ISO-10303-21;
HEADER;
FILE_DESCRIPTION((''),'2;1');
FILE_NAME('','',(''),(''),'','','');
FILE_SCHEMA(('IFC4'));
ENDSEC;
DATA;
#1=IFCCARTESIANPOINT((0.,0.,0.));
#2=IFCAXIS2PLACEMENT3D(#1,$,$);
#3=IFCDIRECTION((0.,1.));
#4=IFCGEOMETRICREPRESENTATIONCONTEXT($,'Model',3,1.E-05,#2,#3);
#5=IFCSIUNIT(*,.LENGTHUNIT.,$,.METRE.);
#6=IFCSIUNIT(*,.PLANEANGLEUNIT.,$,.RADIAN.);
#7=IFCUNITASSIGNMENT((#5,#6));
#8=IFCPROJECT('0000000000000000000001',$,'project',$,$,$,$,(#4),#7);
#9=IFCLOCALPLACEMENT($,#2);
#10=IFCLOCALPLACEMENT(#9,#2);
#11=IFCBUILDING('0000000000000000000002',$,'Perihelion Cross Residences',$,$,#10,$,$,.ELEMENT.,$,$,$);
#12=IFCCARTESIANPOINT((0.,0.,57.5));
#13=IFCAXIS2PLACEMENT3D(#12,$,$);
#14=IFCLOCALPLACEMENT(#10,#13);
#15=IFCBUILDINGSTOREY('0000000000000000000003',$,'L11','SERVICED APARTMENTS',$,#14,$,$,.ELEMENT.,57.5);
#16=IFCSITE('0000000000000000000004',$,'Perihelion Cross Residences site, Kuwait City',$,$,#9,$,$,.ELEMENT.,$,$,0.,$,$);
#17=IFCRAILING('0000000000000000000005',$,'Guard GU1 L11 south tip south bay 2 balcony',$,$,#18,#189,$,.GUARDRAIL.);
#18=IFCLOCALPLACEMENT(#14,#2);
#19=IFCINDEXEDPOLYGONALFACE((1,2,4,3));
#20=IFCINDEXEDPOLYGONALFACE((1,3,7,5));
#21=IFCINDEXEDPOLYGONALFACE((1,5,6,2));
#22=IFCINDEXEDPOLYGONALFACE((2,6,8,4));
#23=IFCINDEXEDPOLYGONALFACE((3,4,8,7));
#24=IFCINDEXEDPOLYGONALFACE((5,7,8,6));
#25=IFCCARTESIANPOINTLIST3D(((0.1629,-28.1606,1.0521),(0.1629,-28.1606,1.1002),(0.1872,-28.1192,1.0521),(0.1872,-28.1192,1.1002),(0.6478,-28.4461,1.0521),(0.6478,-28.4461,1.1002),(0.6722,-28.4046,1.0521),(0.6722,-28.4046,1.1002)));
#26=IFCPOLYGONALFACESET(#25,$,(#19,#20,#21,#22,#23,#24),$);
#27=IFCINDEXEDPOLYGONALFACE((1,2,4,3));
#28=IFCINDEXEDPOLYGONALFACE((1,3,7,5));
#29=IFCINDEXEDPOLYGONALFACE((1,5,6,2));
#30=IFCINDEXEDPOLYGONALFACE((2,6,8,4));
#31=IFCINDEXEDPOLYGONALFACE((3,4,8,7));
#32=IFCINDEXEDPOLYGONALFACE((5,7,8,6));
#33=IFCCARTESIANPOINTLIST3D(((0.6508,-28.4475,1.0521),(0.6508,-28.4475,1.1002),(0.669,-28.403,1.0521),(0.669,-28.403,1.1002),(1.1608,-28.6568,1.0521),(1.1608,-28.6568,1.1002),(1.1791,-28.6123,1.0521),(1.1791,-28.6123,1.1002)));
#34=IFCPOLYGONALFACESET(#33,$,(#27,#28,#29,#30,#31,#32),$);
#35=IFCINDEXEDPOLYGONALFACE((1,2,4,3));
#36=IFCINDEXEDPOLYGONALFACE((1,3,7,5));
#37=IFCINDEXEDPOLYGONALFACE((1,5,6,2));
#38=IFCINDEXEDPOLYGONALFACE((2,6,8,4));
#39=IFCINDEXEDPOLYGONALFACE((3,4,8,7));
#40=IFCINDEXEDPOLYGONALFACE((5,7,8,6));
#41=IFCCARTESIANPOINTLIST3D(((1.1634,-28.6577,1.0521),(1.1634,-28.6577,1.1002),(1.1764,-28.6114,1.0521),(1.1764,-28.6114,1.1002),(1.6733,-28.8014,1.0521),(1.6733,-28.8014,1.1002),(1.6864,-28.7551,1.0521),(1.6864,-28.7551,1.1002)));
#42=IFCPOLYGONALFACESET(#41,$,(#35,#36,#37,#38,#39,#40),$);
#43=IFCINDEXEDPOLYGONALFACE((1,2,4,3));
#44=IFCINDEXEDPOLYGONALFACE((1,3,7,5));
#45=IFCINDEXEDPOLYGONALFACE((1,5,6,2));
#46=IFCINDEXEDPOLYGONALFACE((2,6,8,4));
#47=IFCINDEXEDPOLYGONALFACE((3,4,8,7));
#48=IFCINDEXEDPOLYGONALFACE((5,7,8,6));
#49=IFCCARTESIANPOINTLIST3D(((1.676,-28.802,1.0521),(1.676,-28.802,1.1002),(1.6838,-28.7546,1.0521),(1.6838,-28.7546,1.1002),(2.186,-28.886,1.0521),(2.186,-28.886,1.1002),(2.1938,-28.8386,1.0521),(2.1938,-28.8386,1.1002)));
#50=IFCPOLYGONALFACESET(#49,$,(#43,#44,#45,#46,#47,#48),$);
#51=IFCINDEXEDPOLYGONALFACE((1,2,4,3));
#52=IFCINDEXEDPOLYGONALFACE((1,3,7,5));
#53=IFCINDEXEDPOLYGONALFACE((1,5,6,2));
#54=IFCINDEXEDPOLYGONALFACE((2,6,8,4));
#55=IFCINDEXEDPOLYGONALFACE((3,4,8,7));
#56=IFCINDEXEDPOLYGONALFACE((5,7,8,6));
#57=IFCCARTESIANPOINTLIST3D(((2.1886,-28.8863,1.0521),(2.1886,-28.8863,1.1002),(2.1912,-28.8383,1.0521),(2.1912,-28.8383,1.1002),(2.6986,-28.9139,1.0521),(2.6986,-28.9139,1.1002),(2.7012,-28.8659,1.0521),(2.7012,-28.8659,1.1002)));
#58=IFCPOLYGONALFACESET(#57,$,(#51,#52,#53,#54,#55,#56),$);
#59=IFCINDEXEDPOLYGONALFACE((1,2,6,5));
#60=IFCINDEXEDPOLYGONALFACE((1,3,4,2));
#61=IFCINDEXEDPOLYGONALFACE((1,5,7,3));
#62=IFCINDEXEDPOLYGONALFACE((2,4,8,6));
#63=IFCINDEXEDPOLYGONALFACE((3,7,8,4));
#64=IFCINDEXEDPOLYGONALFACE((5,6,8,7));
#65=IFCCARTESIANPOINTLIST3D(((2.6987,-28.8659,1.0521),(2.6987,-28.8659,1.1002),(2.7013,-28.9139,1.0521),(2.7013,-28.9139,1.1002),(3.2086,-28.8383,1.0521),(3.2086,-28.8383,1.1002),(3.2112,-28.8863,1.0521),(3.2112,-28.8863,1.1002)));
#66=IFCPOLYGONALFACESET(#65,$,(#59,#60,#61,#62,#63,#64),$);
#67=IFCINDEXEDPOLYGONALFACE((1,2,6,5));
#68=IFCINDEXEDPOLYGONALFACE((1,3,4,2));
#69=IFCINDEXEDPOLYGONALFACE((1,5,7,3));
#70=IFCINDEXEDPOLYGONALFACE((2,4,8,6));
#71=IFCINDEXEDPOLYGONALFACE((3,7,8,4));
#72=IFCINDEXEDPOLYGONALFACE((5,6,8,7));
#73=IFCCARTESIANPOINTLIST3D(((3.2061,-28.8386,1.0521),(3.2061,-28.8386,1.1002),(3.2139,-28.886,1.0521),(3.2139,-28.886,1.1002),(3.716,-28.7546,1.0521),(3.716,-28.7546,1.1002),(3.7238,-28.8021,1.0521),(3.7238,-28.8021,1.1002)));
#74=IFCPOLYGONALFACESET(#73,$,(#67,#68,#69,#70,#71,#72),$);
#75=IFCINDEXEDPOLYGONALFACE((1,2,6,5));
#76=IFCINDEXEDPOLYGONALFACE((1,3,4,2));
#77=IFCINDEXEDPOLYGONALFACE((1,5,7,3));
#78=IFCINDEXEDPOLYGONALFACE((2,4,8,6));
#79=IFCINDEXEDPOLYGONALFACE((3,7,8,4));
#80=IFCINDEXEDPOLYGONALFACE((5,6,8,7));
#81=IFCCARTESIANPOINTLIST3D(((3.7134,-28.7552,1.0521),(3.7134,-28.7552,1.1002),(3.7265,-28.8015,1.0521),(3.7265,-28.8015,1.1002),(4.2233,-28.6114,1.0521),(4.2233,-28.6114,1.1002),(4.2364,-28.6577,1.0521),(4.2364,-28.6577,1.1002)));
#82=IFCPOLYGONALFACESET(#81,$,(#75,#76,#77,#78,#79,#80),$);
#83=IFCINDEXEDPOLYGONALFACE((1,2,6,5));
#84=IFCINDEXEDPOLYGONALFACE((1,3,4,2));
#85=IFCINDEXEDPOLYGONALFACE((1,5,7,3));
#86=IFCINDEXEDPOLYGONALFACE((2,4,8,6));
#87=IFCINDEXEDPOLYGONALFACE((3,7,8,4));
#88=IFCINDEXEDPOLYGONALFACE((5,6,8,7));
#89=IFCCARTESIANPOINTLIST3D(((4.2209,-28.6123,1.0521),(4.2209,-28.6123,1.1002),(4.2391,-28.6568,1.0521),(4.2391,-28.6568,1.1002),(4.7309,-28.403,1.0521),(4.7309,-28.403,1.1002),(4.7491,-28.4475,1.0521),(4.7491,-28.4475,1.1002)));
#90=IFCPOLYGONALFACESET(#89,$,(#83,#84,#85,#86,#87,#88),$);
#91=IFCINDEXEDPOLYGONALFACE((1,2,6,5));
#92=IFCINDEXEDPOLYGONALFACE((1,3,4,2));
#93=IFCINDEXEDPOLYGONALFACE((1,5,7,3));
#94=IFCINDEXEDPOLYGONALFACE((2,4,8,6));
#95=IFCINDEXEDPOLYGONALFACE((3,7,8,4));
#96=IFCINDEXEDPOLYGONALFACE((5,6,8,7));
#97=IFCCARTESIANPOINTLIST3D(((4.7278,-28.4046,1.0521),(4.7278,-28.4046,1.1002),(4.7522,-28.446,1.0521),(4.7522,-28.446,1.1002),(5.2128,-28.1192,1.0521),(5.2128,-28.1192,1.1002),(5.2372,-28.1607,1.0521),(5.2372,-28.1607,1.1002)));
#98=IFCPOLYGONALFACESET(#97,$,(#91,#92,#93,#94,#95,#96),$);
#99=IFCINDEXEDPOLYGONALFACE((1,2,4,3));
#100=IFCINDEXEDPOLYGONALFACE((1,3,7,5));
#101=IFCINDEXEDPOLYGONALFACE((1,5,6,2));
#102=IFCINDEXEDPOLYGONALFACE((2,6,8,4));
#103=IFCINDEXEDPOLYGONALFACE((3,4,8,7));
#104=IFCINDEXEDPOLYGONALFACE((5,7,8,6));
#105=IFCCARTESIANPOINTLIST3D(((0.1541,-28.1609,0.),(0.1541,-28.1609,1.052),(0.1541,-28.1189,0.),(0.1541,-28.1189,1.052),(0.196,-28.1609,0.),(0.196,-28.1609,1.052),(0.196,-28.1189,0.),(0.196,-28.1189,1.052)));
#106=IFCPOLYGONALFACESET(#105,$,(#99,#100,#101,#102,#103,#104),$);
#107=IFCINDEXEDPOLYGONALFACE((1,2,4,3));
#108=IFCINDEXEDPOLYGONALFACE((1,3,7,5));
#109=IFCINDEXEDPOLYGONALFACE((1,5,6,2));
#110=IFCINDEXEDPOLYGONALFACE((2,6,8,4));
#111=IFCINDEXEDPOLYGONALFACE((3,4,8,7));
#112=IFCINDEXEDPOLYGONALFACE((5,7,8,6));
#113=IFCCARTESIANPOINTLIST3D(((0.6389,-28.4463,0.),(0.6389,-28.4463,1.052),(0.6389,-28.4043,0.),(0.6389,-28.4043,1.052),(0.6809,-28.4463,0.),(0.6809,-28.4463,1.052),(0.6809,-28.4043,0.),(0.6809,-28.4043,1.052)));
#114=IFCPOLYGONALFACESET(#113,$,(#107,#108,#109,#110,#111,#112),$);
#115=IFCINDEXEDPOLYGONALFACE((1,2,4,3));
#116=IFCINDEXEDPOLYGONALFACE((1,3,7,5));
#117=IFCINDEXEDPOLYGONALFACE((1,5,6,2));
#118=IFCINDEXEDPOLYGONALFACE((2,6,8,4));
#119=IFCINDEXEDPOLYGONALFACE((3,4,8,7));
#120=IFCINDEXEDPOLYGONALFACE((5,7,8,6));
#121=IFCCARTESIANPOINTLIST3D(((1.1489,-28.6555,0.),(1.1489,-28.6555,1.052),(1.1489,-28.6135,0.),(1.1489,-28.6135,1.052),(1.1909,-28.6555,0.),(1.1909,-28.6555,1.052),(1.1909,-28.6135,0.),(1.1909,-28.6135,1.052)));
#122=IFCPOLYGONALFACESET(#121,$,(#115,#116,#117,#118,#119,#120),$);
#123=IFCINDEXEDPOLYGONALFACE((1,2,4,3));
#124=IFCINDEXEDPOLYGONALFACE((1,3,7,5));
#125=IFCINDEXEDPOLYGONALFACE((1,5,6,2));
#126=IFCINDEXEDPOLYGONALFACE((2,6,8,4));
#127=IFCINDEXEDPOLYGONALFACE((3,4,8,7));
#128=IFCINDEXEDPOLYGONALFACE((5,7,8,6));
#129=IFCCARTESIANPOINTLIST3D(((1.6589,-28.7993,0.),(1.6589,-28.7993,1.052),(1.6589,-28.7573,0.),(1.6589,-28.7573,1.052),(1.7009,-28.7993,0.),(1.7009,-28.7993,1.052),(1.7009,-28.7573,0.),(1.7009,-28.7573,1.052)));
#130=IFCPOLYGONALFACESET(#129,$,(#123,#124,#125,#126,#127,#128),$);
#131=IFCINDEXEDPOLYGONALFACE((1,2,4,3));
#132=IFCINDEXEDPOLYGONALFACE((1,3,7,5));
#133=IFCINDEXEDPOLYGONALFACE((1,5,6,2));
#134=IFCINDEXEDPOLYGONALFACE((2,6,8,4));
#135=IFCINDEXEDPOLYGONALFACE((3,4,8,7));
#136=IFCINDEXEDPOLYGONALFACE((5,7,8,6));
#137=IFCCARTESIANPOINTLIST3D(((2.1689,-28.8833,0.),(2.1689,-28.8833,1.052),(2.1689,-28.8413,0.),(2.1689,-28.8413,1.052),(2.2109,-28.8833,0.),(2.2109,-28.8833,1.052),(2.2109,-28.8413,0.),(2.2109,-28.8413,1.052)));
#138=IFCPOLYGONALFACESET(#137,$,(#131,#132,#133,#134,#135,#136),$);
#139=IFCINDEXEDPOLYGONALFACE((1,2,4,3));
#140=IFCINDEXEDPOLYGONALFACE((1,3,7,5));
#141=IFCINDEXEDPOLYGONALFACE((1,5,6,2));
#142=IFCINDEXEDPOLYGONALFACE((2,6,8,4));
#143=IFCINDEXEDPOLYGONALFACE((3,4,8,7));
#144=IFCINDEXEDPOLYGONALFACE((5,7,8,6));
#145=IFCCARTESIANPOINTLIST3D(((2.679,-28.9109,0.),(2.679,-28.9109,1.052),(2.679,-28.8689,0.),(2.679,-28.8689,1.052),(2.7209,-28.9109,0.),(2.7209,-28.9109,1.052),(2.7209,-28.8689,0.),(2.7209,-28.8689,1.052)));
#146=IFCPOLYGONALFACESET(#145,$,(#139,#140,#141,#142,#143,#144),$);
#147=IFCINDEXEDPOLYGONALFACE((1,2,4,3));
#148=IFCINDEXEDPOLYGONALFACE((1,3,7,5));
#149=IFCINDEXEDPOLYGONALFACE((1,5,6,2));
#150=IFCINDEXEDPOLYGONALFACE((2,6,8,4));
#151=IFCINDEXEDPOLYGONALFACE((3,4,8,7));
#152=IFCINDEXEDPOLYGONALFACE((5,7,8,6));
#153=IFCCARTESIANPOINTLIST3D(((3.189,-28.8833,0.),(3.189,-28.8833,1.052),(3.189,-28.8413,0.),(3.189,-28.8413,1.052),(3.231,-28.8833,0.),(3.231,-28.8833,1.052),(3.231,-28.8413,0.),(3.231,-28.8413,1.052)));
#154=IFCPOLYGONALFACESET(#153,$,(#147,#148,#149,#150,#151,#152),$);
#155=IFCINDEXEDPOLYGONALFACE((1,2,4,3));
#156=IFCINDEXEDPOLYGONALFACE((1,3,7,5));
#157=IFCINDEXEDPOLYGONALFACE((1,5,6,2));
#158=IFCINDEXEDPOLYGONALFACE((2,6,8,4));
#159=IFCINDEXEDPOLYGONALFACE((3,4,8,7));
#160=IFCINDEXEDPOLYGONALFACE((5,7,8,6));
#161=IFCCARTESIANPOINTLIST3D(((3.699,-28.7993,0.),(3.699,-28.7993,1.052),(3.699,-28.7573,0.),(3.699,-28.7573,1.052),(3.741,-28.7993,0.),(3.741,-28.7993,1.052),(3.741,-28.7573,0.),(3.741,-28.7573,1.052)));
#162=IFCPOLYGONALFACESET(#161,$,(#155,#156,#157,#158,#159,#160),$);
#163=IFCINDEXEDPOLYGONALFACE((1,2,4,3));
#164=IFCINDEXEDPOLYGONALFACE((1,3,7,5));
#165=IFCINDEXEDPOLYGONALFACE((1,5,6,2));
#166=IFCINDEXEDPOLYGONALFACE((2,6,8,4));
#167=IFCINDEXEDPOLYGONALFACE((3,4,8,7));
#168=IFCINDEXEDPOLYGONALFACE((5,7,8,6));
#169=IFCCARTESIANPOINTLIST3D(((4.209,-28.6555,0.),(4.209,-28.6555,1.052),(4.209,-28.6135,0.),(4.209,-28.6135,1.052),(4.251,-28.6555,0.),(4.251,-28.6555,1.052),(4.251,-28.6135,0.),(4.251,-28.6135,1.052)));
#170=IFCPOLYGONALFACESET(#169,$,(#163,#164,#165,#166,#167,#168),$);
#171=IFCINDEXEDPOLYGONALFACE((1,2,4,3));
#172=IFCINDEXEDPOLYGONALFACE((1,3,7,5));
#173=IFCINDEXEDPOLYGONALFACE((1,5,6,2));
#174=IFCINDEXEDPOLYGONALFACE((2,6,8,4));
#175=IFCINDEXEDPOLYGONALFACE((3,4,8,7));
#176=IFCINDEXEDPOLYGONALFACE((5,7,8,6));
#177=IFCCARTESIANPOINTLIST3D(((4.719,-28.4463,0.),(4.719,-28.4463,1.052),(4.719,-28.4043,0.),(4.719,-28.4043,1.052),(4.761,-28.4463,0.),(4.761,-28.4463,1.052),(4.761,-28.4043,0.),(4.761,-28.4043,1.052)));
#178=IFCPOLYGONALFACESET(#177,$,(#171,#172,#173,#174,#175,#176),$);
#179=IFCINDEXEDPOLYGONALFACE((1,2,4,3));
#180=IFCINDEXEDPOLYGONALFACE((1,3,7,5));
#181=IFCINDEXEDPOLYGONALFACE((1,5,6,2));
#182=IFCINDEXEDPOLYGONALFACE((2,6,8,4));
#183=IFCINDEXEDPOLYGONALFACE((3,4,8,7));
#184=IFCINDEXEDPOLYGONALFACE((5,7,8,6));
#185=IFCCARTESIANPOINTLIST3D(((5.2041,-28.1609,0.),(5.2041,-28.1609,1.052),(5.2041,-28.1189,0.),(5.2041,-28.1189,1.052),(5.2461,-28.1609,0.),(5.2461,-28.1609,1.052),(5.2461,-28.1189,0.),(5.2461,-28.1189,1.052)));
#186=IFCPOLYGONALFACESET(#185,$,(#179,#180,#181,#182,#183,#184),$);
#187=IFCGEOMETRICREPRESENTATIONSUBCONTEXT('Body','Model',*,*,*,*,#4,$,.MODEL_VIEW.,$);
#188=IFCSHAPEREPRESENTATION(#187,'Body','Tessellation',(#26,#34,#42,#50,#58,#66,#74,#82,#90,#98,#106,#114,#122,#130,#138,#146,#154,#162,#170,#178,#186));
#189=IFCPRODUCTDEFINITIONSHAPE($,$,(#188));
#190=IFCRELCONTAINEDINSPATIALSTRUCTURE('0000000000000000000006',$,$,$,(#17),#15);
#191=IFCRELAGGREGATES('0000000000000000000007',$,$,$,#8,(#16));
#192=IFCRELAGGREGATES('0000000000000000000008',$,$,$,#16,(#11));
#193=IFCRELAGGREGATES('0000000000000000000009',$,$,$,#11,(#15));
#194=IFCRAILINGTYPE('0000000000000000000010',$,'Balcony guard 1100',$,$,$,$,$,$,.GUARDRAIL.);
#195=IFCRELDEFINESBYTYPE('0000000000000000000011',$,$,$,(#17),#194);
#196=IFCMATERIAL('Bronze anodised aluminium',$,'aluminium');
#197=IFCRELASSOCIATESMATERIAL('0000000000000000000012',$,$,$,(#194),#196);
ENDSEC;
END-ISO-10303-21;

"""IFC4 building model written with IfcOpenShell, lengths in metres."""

from ifc_helpers import new_model, si_unit, direction, frame, origin, origin_2d, place, context, subcontext, project, spatial, rectangle, extrude, material, type_object, element, save


model = new_model("IFC4")

# Units and contexts
model_context = context("Model", 3, precision=1e-05, world=origin(), true_north=direction((0.0, 1.0)))
body_context = subcontext(model_context, "Body", "Model", "MODEL_VIEW")
ifc_project = project(units=[si_unit("LENGTHUNIT", "METRE"), si_unit("PLANEANGLEUNIT", "RADIAN")], contexts=[model_context])

# Site, building, storey
site_placement = place(None, origin())
site = spatial("IfcSite", under=ifc_project, at=site_placement, Name="Perihelion Cross Residences site, Kuwait City", CompositionType="ELEMENT", RefElevation=0.0)
building_placement = place(site_placement, origin())
building = spatial("IfcBuilding", under=site, at=building_placement, Name="Perihelion Cross Residences", CompositionType="ELEMENT")
storey_placement = place(building_placement, frame((0.0, 0.0, 57.5)))
storey = spatial("IfcBuildingStorey", under=building, at=storey_placement, Name="L11", Description="SERVICED APARTMENTS", CompositionType="ELEMENT", Elevation=57.5)

# Railing
ifc_material_1 = material(Name="Bronze anodised aluminium", Category="aluminium")
railing_type = type_object("IfcRailingType", Name="Balcony guard 1100", PredefinedType="GUARDRAIL", material=ifc_material_1)
railing_placement = place(storey_placement, frame((0.175, -28.1399, 0.0)))
element("IfcRailing", 1, at=railing_placement, inside=storey, type_object=railing_type, Name="Guard GU1 L11 south tip south bay 2 balcony", PredefinedType="GUARDRAIL", context=body_context, shape_type="SweptSolid", body=[
    extrude(rectangle(XDim=0.0481, YDim=0.0481, at=origin_2d()), frame((0.0, 0.0, 1.0762), z_axis=(0.861789, -0.507267, 0.0), x_axis=(0.507267, 0.861789, 0.0)), (0.0, 0.0, 1.0), 0.5627),
    extrude(rectangle(XDim=0.0481, YDim=0.0481, at=origin_2d()), frame((0.4849, -0.2854, 1.0762), z_axis=(0.925173, -0.379547, 0.0), x_axis=(0.379547, 0.925173, 0.0)), (0.0, 0.0, 1.0), 0.5513),
    extrude(rectangle(XDim=0.0481, YDim=0.0481, at=origin_2d()), frame((0.9949, -0.4946, 1.0762), z_axis=(0.962474, -0.271373, 0.0), x_axis=(0.271373, 0.962474, 0.0)), (0.0, 0.0, 1.0), 0.5298),
    extrude(rectangle(XDim=0.0481, YDim=0.0481, at=origin_2d()), frame((1.5049, -0.6384, 1.0762), z_axis=(0.986711, -0.162484, 0.0), x_axis=(0.162484, 0.986711, 0.0)), (0.0, 0.0, 1.0), 0.5168),
    extrude(rectangle(XDim=0.0481, YDim=0.0481, at=origin_2d()), frame((2.0149, -0.7224, 1.0762), z_axis=(0.99854, -0.054014, 0.0), x_axis=(0.054014, 0.99854, 0.0)), (0.0, 0.0, 1.0), 0.5107),
    extrude(rectangle(XDim=0.0481, YDim=0.0481, at=origin_2d()), frame((2.5249, -0.75, 1.0762), z_axis=(0.99854, 0.054014, 0.0), x_axis=(-0.054014, 0.99854, 0.0)), (0.0, 0.0, 1.0), 0.5107),
    extrude(rectangle(XDim=0.0481, YDim=0.0481, at=origin_2d()), frame((3.0349, -0.7224, 1.0762), z_axis=(0.986711, 0.162484, 0.0), x_axis=(-0.162484, 0.986711, 0.0)), (0.0, 0.0, 1.0), 0.5168),
    extrude(rectangle(XDim=0.0481, YDim=0.0481, at=origin_2d()), frame((3.5449, -0.6384, 1.0762), z_axis=(0.962474, 0.271373, 0.0), x_axis=(-0.271373, 0.962474, 0.0)), (0.0, 0.0, 1.0), 0.5298),
    extrude(rectangle(XDim=0.0481, YDim=0.0481, at=origin_2d()), frame((4.0549, -0.4946, 1.0762), z_axis=(0.925173, 0.379547, 0.0), x_axis=(-0.379547, 0.925173, 0.0)), (0.0, 0.0, 1.0), 0.5513),
    extrude(rectangle(XDim=0.0481, YDim=0.0481, at=origin_2d()), frame((4.5649, -0.2854, 1.0762), z_axis=(0.861901, 0.507077, 0.0), x_axis=(-0.507077, 0.861901, 0.0)), (0.0, 0.0, 1.0), 0.5627),
    extrude(rectangle(XDim=0.042, YDim=0.042, at=origin_2d()), origin(), (0.0, 0.0, 1.0), 1.052),
    extrude(rectangle(XDim=0.042, YDim=0.042, at=origin_2d()), frame((0.4849, -0.2854, 0.0)), (0.0, 0.0, 1.0), 1.052),
    extrude(rectangle(XDim=0.042, YDim=0.042, at=origin_2d()), frame((0.9949, -0.4946, 0.0)), (0.0, 0.0, 1.0), 1.052),
    extrude(rectangle(XDim=0.042, YDim=0.042, at=origin_2d()), frame((1.5049, -0.6384, 0.0)), (0.0, 0.0, 1.0), 1.052),
    extrude(rectangle(XDim=0.042, YDim=0.042, at=origin_2d()), frame((2.0149, -0.7224, 0.0)), (0.0, 0.0, 1.0), 1.052),
    extrude(rectangle(XDim=0.042, YDim=0.042, at=origin_2d()), frame((2.5249, -0.75, 0.0)), (0.0, 0.0, 1.0), 1.052),
    extrude(rectangle(XDim=0.042, YDim=0.042, at=origin_2d()), frame((3.0349, -0.7224, 0.0)), (0.0, 0.0, 1.0), 1.052),
    extrude(rectangle(XDim=0.042, YDim=0.042, at=origin_2d()), frame((3.5449, -0.6384, 0.0)), (0.0, 0.0, 1.0), 1.052),
    extrude(rectangle(XDim=0.042, YDim=0.042, at=origin_2d()), frame((4.0549, -0.4946, 0.0)), (0.0, 0.0, 1.0), 1.052),
    extrude(rectangle(XDim=0.042, YDim=0.042, at=origin_2d()), frame((4.5649, -0.2854, 0.0)), (0.0, 0.0, 1.0), 1.052),
    extrude(rectangle(XDim=0.042, YDim=0.042, at=origin_2d()), frame((5.05, 0.0, 0.0)), (0.0, 0.0, 1.0), 1.052),
])

save(model, "model.ifc")
